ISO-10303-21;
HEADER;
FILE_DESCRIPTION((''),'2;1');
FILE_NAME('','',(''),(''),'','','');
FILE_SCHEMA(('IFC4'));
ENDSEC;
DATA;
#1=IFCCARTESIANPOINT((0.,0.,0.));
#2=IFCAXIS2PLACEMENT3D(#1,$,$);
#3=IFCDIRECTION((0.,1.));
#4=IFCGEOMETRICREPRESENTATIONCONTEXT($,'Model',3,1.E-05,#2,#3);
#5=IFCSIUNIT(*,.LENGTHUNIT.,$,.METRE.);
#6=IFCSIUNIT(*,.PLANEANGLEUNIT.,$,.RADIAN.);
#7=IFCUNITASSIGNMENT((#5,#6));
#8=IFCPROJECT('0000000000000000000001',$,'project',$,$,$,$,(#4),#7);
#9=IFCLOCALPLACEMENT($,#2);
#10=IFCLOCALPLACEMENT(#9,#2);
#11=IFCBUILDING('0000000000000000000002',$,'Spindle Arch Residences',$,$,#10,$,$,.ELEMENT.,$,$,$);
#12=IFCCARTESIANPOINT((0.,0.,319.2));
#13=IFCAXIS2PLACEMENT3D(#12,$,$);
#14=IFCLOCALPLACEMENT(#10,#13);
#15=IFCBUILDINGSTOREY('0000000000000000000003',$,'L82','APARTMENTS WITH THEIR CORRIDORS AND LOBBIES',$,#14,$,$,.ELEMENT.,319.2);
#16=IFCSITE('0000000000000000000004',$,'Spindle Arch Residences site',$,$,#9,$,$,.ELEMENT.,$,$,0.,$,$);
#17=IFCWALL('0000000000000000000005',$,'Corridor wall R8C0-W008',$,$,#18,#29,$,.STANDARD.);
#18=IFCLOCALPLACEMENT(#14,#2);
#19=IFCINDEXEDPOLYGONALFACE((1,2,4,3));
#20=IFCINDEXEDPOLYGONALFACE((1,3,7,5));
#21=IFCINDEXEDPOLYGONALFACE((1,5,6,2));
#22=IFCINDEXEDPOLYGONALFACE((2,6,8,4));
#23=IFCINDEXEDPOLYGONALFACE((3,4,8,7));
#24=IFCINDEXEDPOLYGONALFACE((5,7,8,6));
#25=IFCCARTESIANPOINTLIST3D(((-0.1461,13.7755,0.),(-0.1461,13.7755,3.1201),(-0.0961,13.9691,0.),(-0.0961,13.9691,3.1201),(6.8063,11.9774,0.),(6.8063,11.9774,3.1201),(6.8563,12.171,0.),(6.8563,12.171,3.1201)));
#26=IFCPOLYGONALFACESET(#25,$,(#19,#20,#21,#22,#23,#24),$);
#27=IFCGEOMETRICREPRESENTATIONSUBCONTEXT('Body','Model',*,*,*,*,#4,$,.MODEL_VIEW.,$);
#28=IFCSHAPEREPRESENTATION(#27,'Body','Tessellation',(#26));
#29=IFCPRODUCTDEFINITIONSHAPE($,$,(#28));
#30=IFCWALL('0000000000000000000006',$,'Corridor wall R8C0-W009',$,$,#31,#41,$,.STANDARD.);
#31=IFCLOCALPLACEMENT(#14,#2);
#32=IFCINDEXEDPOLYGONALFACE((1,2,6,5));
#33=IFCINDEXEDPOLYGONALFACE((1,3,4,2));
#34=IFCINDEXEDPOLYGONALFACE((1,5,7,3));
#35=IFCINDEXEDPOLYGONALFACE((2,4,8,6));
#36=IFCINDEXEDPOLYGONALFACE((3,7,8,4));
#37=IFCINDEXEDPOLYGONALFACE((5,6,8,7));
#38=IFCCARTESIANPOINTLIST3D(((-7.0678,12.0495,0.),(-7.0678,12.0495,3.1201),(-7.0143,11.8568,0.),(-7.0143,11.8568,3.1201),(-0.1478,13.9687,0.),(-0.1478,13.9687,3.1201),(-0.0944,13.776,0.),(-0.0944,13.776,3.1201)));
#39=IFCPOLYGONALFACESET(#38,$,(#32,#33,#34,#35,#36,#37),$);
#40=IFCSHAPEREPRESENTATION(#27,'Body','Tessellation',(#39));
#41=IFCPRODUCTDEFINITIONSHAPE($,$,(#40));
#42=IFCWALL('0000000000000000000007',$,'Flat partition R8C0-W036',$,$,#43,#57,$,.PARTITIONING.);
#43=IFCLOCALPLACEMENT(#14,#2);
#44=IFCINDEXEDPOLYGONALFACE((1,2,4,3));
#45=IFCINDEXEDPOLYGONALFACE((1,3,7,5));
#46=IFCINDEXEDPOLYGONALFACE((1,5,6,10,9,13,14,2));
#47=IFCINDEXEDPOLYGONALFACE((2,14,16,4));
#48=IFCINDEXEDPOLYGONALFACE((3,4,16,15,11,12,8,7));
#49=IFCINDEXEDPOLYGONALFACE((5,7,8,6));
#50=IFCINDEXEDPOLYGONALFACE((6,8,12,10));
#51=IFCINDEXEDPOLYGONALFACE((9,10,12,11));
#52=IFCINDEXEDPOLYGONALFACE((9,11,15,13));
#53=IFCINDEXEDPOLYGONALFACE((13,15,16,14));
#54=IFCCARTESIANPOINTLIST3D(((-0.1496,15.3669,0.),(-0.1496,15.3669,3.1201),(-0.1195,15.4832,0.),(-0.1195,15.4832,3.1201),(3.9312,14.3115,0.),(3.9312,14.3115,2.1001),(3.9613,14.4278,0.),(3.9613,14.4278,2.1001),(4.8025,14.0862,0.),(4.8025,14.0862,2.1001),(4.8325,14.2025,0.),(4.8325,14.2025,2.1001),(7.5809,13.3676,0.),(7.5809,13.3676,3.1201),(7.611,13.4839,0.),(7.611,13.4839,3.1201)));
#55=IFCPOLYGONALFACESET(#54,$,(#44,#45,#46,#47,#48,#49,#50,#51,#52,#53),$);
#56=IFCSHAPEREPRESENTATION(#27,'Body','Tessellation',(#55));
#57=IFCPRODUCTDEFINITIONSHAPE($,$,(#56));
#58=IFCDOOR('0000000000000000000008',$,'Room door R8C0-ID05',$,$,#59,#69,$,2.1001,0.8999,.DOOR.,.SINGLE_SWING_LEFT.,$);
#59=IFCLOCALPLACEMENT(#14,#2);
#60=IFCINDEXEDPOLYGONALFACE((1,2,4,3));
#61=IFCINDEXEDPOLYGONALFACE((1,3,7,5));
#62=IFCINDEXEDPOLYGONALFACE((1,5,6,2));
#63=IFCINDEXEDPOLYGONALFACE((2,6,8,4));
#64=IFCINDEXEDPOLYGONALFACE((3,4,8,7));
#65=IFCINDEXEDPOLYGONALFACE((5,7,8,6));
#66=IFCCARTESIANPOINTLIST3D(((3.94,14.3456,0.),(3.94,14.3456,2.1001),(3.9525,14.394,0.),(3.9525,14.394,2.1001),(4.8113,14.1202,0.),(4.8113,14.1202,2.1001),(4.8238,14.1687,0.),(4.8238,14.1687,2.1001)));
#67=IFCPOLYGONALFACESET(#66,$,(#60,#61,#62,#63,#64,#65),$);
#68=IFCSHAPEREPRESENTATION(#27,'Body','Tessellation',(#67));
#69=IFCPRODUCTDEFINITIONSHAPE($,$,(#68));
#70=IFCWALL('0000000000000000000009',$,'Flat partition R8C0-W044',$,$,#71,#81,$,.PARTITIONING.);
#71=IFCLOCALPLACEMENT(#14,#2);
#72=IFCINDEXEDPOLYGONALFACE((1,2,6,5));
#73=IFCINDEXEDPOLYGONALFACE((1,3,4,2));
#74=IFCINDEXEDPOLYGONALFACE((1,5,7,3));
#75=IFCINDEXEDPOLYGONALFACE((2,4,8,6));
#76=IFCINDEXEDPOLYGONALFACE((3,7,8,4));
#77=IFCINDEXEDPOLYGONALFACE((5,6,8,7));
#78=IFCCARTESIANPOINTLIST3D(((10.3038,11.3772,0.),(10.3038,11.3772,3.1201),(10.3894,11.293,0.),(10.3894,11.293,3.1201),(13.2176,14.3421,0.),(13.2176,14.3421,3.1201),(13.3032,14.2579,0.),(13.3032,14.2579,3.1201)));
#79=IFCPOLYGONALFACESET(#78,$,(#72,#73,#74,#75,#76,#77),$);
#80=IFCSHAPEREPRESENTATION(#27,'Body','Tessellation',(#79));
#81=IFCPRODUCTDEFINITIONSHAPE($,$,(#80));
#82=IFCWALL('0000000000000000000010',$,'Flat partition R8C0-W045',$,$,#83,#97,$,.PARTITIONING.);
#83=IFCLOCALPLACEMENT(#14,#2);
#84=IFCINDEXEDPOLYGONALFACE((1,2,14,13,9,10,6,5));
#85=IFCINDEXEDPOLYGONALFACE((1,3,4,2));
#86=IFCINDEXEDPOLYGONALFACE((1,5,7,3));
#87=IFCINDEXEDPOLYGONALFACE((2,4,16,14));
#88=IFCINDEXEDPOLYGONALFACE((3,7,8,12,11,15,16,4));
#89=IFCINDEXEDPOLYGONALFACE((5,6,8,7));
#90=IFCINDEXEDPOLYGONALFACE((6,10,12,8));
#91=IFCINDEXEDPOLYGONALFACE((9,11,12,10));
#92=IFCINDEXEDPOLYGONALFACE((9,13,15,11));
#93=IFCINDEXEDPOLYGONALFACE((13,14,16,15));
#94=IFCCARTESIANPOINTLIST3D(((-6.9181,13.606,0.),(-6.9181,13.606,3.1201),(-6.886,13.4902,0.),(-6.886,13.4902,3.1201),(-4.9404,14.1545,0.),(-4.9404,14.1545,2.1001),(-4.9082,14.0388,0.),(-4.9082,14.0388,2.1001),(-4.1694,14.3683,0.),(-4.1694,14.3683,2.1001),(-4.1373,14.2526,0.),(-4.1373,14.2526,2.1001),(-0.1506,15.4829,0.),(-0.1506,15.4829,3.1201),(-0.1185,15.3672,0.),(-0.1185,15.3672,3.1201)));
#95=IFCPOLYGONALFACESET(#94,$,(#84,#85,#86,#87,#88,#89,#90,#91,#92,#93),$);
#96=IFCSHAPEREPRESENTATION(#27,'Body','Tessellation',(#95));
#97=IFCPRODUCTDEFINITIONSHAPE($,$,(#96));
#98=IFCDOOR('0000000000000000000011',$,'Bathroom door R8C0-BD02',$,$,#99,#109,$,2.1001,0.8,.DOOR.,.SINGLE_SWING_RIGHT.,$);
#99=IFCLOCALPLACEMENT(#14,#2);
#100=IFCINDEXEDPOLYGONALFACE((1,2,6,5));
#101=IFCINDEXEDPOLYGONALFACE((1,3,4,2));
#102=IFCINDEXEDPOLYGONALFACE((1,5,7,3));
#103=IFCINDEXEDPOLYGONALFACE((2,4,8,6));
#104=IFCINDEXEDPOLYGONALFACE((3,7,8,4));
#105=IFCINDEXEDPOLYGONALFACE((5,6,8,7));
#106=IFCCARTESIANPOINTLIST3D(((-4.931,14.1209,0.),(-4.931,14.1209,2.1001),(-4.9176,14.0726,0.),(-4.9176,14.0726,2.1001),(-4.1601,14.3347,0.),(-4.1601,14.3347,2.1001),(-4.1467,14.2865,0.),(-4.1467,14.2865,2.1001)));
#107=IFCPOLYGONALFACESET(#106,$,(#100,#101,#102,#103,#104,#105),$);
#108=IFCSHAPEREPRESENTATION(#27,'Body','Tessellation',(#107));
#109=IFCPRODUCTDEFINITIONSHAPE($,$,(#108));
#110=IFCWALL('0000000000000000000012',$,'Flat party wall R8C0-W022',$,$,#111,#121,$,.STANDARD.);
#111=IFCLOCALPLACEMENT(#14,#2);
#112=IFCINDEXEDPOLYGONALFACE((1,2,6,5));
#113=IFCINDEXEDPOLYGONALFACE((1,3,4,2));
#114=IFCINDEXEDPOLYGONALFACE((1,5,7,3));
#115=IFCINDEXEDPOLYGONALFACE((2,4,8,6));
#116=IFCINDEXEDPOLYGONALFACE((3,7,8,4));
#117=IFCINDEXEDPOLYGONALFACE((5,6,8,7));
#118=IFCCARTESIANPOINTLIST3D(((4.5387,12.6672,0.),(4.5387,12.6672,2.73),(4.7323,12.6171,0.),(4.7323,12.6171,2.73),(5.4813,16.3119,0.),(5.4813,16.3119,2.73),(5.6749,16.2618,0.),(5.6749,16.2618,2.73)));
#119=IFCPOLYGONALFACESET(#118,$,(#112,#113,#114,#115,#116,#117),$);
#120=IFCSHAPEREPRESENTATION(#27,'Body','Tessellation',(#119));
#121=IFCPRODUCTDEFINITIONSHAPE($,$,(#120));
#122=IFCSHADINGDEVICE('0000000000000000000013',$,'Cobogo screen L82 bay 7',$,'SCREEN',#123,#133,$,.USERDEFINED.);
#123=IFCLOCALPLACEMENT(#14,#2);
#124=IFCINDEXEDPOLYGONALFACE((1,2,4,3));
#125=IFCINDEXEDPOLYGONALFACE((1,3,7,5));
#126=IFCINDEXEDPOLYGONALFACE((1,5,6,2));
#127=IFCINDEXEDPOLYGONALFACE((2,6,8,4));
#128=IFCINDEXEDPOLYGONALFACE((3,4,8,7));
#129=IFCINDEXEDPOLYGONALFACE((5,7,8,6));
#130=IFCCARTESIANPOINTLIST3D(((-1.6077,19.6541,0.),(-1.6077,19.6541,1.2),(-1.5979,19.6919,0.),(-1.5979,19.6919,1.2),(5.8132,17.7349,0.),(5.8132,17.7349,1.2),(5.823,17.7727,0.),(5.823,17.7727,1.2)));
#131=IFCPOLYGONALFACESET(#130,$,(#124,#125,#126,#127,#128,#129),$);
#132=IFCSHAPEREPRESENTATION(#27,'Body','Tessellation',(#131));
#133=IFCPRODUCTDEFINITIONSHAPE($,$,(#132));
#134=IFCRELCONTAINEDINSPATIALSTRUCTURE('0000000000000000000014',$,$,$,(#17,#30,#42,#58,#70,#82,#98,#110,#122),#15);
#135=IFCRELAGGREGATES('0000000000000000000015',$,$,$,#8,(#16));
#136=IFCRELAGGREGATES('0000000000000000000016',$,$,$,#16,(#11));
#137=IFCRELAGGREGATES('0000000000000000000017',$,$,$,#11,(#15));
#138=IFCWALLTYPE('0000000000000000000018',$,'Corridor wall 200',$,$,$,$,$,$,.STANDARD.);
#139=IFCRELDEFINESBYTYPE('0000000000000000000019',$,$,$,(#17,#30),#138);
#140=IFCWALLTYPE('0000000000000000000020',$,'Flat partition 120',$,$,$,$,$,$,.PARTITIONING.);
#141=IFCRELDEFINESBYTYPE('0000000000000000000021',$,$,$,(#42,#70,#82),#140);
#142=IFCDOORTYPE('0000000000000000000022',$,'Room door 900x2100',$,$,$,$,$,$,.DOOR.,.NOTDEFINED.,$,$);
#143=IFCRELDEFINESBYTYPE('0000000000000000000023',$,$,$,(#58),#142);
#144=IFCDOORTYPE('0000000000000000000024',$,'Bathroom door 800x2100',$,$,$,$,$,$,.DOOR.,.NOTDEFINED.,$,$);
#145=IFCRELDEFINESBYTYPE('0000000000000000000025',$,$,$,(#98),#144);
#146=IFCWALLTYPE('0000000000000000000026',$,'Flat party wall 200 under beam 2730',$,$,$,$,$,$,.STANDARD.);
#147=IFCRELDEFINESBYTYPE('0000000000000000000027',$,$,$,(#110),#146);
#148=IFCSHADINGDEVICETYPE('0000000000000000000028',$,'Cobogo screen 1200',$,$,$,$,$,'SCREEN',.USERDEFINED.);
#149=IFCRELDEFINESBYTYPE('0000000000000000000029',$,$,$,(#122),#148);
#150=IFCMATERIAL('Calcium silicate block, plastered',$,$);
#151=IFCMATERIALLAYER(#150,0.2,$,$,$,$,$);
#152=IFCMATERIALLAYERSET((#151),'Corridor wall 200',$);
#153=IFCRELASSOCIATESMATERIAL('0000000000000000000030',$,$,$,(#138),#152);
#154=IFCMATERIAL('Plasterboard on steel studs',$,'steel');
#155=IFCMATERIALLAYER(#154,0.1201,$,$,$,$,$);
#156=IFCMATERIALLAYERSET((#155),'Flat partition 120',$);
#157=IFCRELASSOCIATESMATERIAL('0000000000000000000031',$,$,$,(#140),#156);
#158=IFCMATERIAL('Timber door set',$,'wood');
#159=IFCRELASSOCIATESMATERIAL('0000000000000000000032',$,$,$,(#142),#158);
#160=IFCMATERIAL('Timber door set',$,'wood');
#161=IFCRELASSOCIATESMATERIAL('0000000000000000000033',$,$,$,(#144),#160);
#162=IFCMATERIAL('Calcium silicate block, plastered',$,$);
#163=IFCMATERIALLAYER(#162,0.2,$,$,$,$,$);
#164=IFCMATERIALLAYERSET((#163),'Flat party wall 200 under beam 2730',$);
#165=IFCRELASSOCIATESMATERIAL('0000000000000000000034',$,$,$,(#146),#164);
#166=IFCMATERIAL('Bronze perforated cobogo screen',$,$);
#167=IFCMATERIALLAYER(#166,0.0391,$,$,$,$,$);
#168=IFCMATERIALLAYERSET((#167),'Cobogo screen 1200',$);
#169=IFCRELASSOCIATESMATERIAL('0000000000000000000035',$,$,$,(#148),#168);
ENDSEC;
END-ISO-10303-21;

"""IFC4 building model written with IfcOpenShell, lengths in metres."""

from ifc_helpers import new_model, si_unit, direction, frame, frame_2d, origin, origin_2d, place, context, subcontext, project, spatial, rectangle, extrude, material, layer, layer_set, type_object, element, fill, save


model = new_model("IFC4")

# Units and contexts
model_context = context("Model", 3, precision=1e-05, world=origin(), true_north=direction((0.0, 1.0)))
body_context = subcontext(model_context, "Body", "Model", "MODEL_VIEW")
ifc_project = project(units=[si_unit("LENGTHUNIT", "METRE"), si_unit("PLANEANGLEUNIT", "RADIAN")], contexts=[model_context])

# Site, building, storey
site_placement = place(None, origin())
site = spatial("IfcSite", under=ifc_project, at=site_placement, Name="Spindle Arch Residences site", CompositionType="ELEMENT", RefElevation=0.0)
building_placement = place(site_placement, origin())
building = spatial("IfcBuilding", under=site, at=building_placement, Name="Spindle Arch Residences", CompositionType="ELEMENT")
storey_placement = place(building_placement, frame((0.0, 0.0, 319.2)))
storey = spatial("IfcBuildingStorey", under=building, at=storey_placement, Name="L82", Description="APARTMENTS WITH THEIR CORRIDORS AND LOBBIES", CompositionType="ELEMENT", Elevation=319.2)

# Walls
ifc_material_1 = material(Name="Calcium silicate block, plastered")
ifc_layer_1 = layer(ifc_material_1, 0.2)
ifc_layer_set_1 = layer_set([ifc_layer_1], Name="Corridor wall 200")
wall_type_1 = type_object("IfcWallType", Name="Corridor wall 200", PredefinedType="STANDARD", material=ifc_layer_set_1)
for number, where, z_axis, x_axis, name in (
    (1, (6.8313, 12.0742, 0.0), (0.0, 0.0, 1.0), (-0.968145, 0.250391, 0.0), "Corridor wall R8C0-W008"),
    (2, (-0.1211, 13.8723, 0.0), (0.0, 0.0, 1.0), (-0.963626, -0.267255, 0.0), "Corridor wall R8C0-W009"),
):
    element("IfcWall", number, at=place(storey_placement, frame(where, z_axis=z_axis, x_axis=x_axis)), inside=storey, type_object=wall_type_1, Name=name, PredefinedType="STANDARD", context=body_context, shape_type="SweptSolid", body=[
        extrude(rectangle(XDim=7.1812, YDim=0.2, at=frame_2d((3.5906, 0.0))), origin(), (0.0, 0.0, 1.0), 3.1201),
    ])

# Wall, opening, door
ifc_material_2 = material(Name="Plasterboard on steel studs", Category="steel")
ifc_layer_2 = layer(ifc_material_2, 0.1201)
ifc_layer_set_2 = layer_set([ifc_layer_2], Name="Flat partition 120")
wall_type_2 = type_object("IfcWallType", Name="Flat partition 120", PredefinedType="PARTITIONING", material=ifc_layer_set_2)
wall_1_placement = place(storey_placement, frame((7.5959, 13.4258, 0.0), z_axis=(0.0, 0.0, 1.0), x_axis=(-0.968147, 0.250384, 0.0)))
wall_1 = element("IfcWall", 3, at=wall_1_placement, inside=storey, type_object=wall_type_2, Name="Flat partition R8C0-W036", PredefinedType="PARTITIONING", context=body_context, shape_type="SweptSolid", body=[
    extrude(rectangle(XDim=7.9849, YDim=0.1201, at=frame_2d((3.9924, 0.0))), origin(), (0.0, 0.0, 1.0), 3.1201),
])
opening_1_placement = place(wall_1_placement, frame((2.8699, 0.0, 0.0)))
opening_1 = element("IfcOpeningElement", 4, at=opening_1_placement, cuts=wall_1, PredefinedType="OPENING", context=body_context, shape_type="SweptSolid", body=[
    extrude(rectangle(XDim=0.8999, YDim=2.1001, at=frame_2d((0.45, 1.05))), frame((0.0, 0.0701, 0.0), z_axis=(0.0, -1.0, 0.0), x_axis=(1.0, 0.0, 0.0)), (0.0, 0.0, 1.0), 0.1401),
])
ifc_material_3 = material(Name="Timber door set", Category="wood")
door_type_1 = type_object("IfcDoorType", Name="Room door 900x2100", OperationType="NOTDEFINED", PredefinedType="DOOR", material=ifc_material_3)
door_1_placement = place(opening_1_placement, origin())
door_1 = element("IfcDoor", 5, at=door_1_placement, inside=storey, type_object=door_type_1, Name="Room door R8C0-ID05", OperationType="SINGLE_SWING_LEFT", OverallHeight=2.1001, OverallWidth=0.8999, PredefinedType="DOOR", context=body_context, shape_type="SweptSolid", body=[
    extrude(rectangle(XDim=0.8999, YDim=2.1001, at=frame_2d((0.45, 1.05))), frame((0.0, 0.0249, 0.0), z_axis=(0.0, -1.0, 0.0), x_axis=(1.0, 0.0, 0.0)), (0.0, 0.0, 1.0), 0.05),
])
fill(opening_1, door_1)

# Wall
wall_2_placement = place(storey_placement, frame((13.2605, 14.3, 0.0), z_axis=(0.0, 0.0, 1.0), x_axis=(-0.700943, -0.713217, 0.0)))
element("IfcWall", 6, at=wall_2_placement, inside=storey, type_object=wall_type_2, Name="Flat partition R8C0-W044", PredefinedType="PARTITIONING", context=body_context, shape_type="SweptSolid", body=[
    extrude(rectangle(XDim=4.157, YDim=0.1201, at=frame_2d((2.0786, 0.0))), origin(), (0.0, 0.0, 1.0), 3.1201),
])

# Wall, opening, door
wall_3_placement = place(storey_placement, frame((-0.1345, 15.425, 0.0), z_axis=(0.0, 0.0, 1.0), x_axis=(-0.963625, -0.267257, 0.0)))
wall_3 = element("IfcWall", 7, at=wall_3_placement, inside=storey, type_object=wall_type_2, Name="Flat partition R8C0-W045", PredefinedType="PARTITIONING", context=body_context, shape_type="SweptSolid", body=[
    extrude(rectangle(XDim=7.0229, YDim=0.1201, at=frame_2d((3.5115, 0.0))), origin(), (0.0, 0.0, 1.0), 3.1201),
])
opening_2_placement = place(wall_3_placement, frame((4.1707, 0.0, 0.0)))
opening_2 = element("IfcOpeningElement", 8, at=opening_2_placement, cuts=wall_3, PredefinedType="OPENING", context=body_context, shape_type="SweptSolid", body=[
    extrude(rectangle(XDim=0.8, YDim=2.1001, at=frame_2d((0.3999, 1.05))), frame((0.0, 0.0701, 0.0), z_axis=(0.0, -1.0, 0.0), x_axis=(1.0, 0.0, 0.0)), (0.0, 0.0, 1.0), 0.1401),
])
ifc_material_4 = material(Name="Timber door set", Category="wood")
door_type_2 = type_object("IfcDoorType", Name="Bathroom door 800x2100", OperationType="NOTDEFINED", PredefinedType="DOOR", material=ifc_material_4)
door_2_placement = place(opening_2_placement, origin())
door_2 = element("IfcDoor", 9, at=door_2_placement, inside=storey, type_object=door_type_2, Name="Bathroom door R8C0-BD02", OperationType="SINGLE_SWING_RIGHT", OverallHeight=2.1001, OverallWidth=0.8, PredefinedType="DOOR", context=body_context, shape_type="SweptSolid", body=[
    extrude(rectangle(XDim=0.8, YDim=2.1001, at=frame_2d((0.3999, 1.05))), frame((0.0, 0.0249, 0.0), z_axis=(0.0, -1.0, 0.0), x_axis=(1.0, 0.0, 0.0)), (0.0, 0.0, 1.0), 0.05),
])
fill(opening_2, door_2)

# Wall
ifc_material_5 = material(Name="Calcium silicate block, plastered")
ifc_layer_3 = layer(ifc_material_5, 0.2)
ifc_layer_set_3 = layer_set([ifc_layer_3], Name="Flat party wall 200 under beam 2730")
wall_type_3 = type_object("IfcWallType", Name="Flat party wall 200 under beam 2730", PredefinedType="STANDARD", material=ifc_layer_set_3)
wall_4_placement = place(storey_placement, frame((5.5781, 16.2869, 0.0), z_axis=(0.0, 0.0, 1.0), x_axis=(-0.250386, -0.968146, 0.0)))
element("IfcWall", 10, at=wall_4_placement, inside=storey, type_object=wall_type_3, Name="Flat party wall R8C0-W022", PredefinedType="STANDARD", context=body_context, shape_type="SweptSolid", body=[
    extrude(rectangle(XDim=3.7646, YDim=0.2, at=frame_2d((1.8823, 0.0))), origin(), (0.0, 0.0, 1.0), 2.73),
])

# Shading device
ifc_material_6 = material(Name="Bronze perforated cobogo screen")
ifc_layer_4 = layer(ifc_material_6, 0.0391)
ifc_layer_set_4 = layer_set([ifc_layer_4], Name="Cobogo screen 1200")
shading_device_type = type_object("IfcShadingDeviceType", Name="Cobogo screen 1200", ElementType="SCREEN", PredefinedType="USERDEFINED", material=ifc_layer_set_4)
shading_device_placement = place(storey_placement, frame((2.1077, 18.7134, 0.0), z_axis=(0.0, 0.0, 1.0), x_axis=(-0.968148, 0.25038, 0.0)))
element("IfcShadingDevice", 11, at=shading_device_placement, inside=storey, type_object=shading_device_type, Name="Cobogo screen L82 bay 7", ObjectType="SCREEN", PredefinedType="USERDEFINED", context=body_context, shape_type="SweptSolid", body=[
    extrude(rectangle(XDim=7.665, YDim=0.0391, at=origin_2d()), origin(), (0.0, 0.0, 1.0), 1.2),
])

save(model, "model.ifc")
